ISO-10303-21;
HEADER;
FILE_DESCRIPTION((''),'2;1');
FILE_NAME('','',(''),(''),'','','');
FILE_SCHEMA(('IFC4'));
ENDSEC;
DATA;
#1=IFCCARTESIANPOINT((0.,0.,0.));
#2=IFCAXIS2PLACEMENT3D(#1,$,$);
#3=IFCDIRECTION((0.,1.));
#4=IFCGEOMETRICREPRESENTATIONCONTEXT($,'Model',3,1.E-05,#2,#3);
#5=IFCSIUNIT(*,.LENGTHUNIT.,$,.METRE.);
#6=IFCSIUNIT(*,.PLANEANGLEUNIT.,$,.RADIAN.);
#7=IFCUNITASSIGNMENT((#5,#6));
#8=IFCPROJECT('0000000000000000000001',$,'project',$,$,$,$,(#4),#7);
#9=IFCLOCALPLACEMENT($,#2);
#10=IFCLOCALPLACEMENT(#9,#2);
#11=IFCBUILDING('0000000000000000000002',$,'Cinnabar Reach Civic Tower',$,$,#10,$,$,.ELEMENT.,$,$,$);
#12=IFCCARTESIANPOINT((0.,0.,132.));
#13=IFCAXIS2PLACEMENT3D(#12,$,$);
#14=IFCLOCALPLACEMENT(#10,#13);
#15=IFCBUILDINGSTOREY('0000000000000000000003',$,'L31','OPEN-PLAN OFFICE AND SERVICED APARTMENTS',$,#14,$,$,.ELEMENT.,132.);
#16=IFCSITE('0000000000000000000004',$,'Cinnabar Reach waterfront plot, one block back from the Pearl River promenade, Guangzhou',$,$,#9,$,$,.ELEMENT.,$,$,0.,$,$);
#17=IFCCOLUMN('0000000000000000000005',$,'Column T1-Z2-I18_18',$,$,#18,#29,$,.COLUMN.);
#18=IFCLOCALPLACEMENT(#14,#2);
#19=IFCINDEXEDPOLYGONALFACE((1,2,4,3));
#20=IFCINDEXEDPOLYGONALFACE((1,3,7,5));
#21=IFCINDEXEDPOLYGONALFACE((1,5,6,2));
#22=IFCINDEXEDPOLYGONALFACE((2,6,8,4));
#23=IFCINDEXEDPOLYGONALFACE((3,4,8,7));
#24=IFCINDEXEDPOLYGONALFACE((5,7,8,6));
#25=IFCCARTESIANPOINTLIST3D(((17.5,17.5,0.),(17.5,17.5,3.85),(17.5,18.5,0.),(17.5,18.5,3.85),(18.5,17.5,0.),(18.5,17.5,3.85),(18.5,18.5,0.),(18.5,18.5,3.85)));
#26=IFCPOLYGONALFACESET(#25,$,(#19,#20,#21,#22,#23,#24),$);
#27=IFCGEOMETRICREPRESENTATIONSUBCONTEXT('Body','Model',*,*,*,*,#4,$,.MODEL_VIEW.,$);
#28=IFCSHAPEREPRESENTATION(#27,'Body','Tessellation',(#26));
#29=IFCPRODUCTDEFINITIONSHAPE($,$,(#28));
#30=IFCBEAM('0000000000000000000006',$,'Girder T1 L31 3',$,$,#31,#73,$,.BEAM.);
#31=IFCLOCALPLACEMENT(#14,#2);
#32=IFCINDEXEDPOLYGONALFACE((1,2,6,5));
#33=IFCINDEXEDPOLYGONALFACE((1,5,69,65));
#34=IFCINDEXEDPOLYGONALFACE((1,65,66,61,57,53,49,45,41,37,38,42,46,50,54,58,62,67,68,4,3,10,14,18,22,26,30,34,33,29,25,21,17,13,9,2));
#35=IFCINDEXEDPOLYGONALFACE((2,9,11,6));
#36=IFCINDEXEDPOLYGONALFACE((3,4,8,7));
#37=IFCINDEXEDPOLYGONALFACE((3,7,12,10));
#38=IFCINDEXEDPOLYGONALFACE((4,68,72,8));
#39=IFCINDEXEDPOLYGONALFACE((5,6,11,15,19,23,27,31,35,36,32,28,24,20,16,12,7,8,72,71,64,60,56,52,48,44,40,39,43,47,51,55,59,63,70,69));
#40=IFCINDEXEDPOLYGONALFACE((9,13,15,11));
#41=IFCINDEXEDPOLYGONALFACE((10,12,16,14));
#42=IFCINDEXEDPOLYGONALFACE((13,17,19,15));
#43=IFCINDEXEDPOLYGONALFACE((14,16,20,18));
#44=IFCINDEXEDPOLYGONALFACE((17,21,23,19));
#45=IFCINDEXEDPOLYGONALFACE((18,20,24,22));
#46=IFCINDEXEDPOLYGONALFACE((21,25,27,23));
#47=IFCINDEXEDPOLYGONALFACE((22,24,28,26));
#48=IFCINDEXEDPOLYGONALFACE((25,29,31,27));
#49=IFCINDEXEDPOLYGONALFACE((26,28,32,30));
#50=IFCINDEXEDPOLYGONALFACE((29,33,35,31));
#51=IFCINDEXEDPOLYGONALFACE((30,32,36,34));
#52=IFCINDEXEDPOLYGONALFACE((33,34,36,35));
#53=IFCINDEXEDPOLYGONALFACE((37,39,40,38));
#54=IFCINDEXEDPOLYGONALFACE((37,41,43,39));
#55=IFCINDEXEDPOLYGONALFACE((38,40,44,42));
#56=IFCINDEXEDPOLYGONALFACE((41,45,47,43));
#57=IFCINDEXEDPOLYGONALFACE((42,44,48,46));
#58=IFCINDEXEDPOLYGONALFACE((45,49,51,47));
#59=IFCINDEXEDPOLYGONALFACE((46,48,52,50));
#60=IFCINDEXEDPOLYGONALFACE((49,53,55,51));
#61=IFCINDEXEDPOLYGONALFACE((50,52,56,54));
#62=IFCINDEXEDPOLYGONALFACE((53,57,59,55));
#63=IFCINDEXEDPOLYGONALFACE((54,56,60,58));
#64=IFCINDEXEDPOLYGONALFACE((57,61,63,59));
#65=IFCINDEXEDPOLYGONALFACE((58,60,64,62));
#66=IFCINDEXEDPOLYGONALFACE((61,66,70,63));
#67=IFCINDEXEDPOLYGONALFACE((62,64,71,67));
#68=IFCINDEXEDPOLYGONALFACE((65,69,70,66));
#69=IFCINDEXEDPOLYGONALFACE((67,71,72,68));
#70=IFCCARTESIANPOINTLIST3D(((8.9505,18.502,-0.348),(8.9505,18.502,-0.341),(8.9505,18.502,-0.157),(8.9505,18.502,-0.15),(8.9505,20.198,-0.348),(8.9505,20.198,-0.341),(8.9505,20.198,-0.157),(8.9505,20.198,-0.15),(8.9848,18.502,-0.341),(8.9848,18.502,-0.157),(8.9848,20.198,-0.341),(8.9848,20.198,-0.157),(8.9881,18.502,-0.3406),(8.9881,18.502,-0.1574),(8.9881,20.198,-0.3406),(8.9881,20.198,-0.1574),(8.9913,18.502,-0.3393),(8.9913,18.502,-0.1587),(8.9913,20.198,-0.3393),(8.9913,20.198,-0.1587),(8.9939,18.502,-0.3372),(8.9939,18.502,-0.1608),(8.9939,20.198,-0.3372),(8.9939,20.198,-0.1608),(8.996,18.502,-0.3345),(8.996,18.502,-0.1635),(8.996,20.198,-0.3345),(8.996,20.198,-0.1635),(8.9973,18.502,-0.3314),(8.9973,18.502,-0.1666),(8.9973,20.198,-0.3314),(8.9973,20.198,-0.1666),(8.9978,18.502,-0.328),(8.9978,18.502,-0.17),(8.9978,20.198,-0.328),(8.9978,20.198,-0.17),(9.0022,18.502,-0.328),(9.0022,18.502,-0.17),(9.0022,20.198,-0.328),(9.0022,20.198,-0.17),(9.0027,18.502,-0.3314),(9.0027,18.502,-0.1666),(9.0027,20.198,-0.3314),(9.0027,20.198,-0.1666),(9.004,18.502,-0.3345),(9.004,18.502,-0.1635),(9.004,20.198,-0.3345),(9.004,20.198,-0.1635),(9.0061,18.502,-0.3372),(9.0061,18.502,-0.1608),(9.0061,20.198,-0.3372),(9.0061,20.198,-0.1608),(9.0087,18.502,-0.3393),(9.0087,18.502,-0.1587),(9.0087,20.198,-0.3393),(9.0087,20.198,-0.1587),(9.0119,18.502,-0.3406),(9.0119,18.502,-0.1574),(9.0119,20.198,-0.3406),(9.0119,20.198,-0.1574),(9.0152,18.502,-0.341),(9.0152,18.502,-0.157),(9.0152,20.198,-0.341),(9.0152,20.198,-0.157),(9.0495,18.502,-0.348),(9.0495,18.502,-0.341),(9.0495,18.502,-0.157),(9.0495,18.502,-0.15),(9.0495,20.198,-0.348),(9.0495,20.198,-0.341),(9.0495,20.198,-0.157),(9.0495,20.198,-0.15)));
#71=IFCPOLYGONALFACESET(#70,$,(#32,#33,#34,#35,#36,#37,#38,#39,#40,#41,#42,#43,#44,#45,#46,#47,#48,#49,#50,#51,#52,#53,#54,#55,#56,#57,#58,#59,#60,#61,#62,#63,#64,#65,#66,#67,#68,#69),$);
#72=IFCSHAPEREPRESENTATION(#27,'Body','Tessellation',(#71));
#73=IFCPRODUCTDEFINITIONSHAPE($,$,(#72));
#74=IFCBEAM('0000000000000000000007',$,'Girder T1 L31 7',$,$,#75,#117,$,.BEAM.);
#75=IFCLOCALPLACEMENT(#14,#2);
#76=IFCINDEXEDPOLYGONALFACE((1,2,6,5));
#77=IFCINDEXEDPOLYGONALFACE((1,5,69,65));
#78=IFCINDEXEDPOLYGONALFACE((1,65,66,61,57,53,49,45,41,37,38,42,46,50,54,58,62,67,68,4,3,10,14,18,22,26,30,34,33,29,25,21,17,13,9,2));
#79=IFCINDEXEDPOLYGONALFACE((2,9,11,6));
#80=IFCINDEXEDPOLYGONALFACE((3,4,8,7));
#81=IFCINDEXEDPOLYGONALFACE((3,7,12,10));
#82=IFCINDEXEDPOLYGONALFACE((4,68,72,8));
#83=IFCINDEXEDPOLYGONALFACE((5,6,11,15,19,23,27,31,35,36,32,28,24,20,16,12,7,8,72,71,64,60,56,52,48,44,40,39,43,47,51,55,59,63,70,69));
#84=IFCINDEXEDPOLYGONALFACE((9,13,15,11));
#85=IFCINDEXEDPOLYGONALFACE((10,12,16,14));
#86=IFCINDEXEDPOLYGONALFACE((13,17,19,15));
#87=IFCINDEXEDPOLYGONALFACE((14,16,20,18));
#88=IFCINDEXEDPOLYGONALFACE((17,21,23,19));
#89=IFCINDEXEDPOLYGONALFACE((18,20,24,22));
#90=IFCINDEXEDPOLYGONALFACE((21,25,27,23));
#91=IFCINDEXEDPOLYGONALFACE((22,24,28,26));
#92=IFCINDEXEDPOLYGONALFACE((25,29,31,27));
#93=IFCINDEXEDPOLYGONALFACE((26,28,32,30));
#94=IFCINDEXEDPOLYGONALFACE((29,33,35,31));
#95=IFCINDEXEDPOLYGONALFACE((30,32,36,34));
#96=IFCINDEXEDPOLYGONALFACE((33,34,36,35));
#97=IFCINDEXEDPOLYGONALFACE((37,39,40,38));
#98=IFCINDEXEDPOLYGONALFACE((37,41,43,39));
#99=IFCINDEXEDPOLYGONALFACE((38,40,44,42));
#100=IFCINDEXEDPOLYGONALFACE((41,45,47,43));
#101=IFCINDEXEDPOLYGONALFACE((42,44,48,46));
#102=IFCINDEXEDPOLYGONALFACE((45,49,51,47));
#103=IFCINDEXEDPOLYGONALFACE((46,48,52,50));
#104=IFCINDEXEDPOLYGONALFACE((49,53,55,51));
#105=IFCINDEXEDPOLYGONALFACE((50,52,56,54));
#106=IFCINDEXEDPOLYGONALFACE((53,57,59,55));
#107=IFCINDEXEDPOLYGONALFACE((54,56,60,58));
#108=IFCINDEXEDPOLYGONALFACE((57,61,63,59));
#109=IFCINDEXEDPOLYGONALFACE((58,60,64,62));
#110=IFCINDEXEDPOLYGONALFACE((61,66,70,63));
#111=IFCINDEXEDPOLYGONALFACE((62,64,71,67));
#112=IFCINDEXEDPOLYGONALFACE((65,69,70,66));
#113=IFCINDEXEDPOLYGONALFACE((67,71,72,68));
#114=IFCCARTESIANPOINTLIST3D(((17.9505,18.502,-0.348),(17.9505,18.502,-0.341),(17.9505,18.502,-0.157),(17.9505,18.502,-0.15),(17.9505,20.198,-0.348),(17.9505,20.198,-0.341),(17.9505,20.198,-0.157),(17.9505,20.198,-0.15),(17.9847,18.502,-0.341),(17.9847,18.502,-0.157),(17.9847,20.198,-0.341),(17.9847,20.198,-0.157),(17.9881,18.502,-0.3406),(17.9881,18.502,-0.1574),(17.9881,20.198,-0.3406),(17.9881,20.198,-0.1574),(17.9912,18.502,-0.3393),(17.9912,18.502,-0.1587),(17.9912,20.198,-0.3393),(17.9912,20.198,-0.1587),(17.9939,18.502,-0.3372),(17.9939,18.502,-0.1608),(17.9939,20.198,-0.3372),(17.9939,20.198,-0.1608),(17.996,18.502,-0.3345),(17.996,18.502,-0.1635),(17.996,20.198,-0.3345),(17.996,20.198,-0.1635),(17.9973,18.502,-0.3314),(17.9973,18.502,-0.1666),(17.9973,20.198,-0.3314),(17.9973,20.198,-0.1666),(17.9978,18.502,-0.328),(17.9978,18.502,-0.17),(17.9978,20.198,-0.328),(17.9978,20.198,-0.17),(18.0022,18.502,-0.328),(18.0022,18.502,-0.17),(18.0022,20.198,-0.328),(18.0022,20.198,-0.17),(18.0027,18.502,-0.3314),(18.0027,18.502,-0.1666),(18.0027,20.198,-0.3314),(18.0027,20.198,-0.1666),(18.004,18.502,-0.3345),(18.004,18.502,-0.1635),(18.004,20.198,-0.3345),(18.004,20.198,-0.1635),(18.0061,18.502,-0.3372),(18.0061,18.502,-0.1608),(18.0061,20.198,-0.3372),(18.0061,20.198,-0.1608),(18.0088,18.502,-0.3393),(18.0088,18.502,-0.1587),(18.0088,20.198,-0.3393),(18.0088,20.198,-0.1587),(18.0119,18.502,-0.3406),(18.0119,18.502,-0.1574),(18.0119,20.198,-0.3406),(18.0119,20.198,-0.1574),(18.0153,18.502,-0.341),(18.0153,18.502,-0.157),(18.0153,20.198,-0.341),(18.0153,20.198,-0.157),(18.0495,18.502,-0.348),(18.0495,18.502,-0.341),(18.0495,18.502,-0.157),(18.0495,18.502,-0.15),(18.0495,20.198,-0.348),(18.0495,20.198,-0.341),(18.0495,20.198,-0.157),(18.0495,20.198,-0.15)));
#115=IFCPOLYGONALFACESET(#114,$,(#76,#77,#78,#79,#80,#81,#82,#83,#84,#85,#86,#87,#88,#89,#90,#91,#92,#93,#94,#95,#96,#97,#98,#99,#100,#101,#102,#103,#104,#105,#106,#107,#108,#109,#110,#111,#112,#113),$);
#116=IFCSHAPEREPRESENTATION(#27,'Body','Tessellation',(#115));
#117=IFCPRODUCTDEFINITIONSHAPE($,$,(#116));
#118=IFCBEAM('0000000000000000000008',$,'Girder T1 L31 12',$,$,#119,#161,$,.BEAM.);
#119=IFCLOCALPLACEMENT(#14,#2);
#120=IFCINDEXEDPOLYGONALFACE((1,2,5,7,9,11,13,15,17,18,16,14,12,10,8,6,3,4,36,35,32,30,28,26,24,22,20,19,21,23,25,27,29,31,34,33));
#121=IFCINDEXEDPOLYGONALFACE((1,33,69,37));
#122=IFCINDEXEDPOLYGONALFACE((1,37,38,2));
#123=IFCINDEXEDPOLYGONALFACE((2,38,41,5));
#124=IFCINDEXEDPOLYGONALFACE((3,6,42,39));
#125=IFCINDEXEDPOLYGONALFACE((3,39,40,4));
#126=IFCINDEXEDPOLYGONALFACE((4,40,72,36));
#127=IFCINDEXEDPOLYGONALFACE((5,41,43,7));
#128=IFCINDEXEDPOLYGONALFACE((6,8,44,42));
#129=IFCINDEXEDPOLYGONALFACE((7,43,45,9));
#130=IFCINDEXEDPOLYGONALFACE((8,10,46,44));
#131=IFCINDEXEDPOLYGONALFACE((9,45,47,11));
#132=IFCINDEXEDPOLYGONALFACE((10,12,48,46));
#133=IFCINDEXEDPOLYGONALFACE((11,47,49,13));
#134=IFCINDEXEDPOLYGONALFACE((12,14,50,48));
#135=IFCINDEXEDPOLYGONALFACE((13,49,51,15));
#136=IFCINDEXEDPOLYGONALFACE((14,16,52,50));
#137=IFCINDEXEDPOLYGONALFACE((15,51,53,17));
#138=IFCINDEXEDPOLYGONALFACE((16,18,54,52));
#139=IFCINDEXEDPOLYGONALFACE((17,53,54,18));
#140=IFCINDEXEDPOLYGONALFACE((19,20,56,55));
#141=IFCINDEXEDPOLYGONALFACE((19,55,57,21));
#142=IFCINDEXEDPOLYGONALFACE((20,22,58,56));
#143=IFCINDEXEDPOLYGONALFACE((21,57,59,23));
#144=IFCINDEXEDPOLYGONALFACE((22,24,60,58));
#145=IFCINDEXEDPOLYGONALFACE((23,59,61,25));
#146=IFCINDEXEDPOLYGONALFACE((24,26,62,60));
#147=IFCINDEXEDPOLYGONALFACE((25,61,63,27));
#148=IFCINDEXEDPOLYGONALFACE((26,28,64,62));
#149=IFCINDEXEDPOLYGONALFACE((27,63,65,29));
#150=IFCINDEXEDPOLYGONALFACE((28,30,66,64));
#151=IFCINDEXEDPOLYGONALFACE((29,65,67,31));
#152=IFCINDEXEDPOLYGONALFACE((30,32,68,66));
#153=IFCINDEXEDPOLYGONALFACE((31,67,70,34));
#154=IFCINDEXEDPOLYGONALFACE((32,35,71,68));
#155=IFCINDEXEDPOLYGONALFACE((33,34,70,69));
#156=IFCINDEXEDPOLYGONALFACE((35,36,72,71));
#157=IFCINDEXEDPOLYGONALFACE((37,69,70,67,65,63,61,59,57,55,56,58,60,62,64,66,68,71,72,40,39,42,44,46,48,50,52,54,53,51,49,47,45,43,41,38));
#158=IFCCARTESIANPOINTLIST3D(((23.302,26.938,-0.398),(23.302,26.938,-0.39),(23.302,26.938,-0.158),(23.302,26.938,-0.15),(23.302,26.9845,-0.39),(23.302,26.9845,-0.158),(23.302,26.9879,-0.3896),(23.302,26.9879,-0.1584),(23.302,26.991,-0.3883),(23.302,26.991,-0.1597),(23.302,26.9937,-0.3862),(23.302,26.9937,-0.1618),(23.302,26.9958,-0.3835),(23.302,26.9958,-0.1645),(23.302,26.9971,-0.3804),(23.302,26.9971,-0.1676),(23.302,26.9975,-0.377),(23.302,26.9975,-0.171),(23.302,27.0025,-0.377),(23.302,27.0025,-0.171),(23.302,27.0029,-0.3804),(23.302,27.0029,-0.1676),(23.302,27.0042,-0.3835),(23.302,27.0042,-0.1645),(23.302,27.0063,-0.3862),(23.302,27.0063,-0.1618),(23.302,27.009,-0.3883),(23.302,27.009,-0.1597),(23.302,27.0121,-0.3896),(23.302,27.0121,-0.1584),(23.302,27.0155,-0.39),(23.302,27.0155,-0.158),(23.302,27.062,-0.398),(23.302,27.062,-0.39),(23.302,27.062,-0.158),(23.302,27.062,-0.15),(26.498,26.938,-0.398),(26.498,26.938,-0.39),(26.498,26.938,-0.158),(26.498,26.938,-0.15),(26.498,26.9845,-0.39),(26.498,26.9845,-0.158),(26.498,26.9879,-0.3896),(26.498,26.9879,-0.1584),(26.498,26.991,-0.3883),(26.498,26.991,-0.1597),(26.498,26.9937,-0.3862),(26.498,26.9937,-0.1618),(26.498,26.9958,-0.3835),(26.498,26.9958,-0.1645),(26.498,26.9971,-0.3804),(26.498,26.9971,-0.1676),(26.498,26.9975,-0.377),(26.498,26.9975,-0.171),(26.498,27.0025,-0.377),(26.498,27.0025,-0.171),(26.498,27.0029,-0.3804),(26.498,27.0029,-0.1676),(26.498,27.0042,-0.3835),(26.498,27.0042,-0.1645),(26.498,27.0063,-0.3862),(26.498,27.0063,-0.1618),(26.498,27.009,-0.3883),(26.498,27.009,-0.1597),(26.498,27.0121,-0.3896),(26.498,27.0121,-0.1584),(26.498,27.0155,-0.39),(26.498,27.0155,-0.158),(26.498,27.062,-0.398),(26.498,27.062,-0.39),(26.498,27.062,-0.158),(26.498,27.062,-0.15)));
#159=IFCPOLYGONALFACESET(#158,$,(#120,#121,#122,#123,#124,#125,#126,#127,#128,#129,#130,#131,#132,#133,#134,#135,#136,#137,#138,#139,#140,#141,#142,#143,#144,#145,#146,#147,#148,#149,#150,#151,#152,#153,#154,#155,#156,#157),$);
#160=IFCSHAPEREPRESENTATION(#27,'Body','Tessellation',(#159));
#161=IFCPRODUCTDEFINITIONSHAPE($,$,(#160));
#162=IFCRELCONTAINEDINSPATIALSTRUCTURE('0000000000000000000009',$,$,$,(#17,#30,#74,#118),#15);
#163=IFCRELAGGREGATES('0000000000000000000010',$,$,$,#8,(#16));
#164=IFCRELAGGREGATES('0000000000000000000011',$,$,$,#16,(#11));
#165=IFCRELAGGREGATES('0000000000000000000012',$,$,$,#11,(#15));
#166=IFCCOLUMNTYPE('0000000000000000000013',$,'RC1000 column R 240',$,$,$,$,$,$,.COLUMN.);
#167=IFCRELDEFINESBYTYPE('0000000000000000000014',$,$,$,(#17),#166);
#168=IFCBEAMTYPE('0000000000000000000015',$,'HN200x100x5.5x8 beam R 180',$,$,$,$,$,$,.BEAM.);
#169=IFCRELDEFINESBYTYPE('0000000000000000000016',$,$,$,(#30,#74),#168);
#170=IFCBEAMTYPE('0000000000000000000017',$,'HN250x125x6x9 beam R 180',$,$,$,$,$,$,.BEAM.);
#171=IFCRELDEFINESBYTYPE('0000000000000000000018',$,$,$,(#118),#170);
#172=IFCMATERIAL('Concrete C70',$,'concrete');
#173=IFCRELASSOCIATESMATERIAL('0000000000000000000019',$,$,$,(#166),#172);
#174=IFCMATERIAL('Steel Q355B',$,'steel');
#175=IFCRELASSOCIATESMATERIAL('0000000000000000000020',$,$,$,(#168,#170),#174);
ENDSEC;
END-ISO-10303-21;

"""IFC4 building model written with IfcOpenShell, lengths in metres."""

from ifc_helpers import new_model, si_unit, direction, frame, origin, origin_2d, place, context, subcontext, project, spatial, rectangle, i_section, extrude, material, material_profile, profile_set, type_object, element, save


model = new_model("IFC4")

# Units and contexts
model_context = context("Model", 3, precision=1e-05, world=origin(), true_north=direction((0.0, 1.0)))
body_context = subcontext(model_context, "Body", "Model", "MODEL_VIEW")
ifc_project = project(units=[si_unit("LENGTHUNIT", "METRE"), si_unit("PLANEANGLEUNIT", "RADIAN")], contexts=[model_context])

# Site, building, storey
site_placement = place(None, origin())
site = spatial("IfcSite", under=ifc_project, at=site_placement, Name="Cinnabar Reach waterfront plot, one block back from the Pearl River promenade, Guangzhou", CompositionType="ELEMENT", RefElevation=0.0)
building_placement = place(site_placement, origin())
building = spatial("IfcBuilding", under=site, at=building_placement, Name="Cinnabar Reach Civic Tower", CompositionType="ELEMENT")
storey_placement = place(building_placement, frame((0.0, 0.0, 132.0)))
storey = spatial("IfcBuildingStorey", under=building, at=storey_placement, Name="L31", Description="OPEN-PLAN OFFICE AND SERVICED APARTMENTS", CompositionType="ELEMENT", Elevation=132.0)

# Column
ifc_material_1 = material(Name="Concrete C70", Category="concrete")
ifc_material_profile_1 = material_profile(ifc_material_1, rectangle(XDim=1.0, YDim=1.0, at=origin_2d()), Name="RC1000")
ifc_profile_set_1 = profile_set([ifc_material_profile_1], Name="Concrete C70")
column_type = type_object("IfcColumnType", Name="RC1000 column R 240", PredefinedType="COLUMN", material=ifc_profile_set_1)
column_placement = place(storey_placement, frame((18.0, 18.0, 0.0), z_axis=(0.0, 0.0, 1.0), x_axis=(1.0, 0.0, 0.0)))
element("IfcColumn", 1, at=column_placement, inside=storey, type_object=column_type, Name="Column T1-Z2-I18_18", PredefinedType="COLUMN", context=body_context, shape_type="SweptSolid", body=[
    extrude(rectangle(XDim=1.0, YDim=1.0, at=origin_2d()), origin(), (0.0, 0.0, 1.0), 3.85),
])

# Beams
ifc_material_2 = material(Name="Steel Q355B", Category="steel")
ifc_material_profile_2 = material_profile(ifc_material_2, i_section(OverallWidth=0.099, OverallDepth=0.198, WebThickness=0.0045, FlangeThickness=0.007, FilletRadius=0.013, at=origin_2d()), Name="HN200x100x5.5x8")
ifc_profile_set_2 = profile_set([ifc_material_profile_2], Name="Steel Q355B")
beam_type_1 = type_object("IfcBeamType", Name="HN200x100x5.5x8 beam R 180", PredefinedType="BEAM", material=ifc_profile_set_2)
for number, where, z_axis, x_axis, name in (
    (2, (9.0, 18.502, -0.249), (0.0, 1.0, 0.0), (-1.0, 0.0, 0.0), "Girder T1 L31 3"),
    (3, (18.0, 18.502, -0.249), (0.0, 1.0, 0.0), (-1.0, 0.0, 0.0), "Girder T1 L31 7"),
):
    element("IfcBeam", number, at=place(storey_placement, frame(where, z_axis=z_axis, x_axis=x_axis)), inside=storey, type_object=beam_type_1, Name=name, PredefinedType="BEAM", context=body_context, shape_type="SweptSolid", body=[
        extrude(i_section(OverallWidth=0.099, OverallDepth=0.198, WebThickness=0.0045, FlangeThickness=0.007, FilletRadius=0.013, at=origin_2d()), origin(), (0.0, 0.0, 1.0), 1.696),
    ])
ifc_material_profile_3 = material_profile(ifc_material_2, i_section(OverallWidth=0.124, OverallDepth=0.248, WebThickness=0.005, FlangeThickness=0.008, FilletRadius=0.013, at=origin_2d()), Name="HN250x125x6x9")
ifc_profile_set_3 = profile_set([ifc_material_profile_3], Name="Steel Q355B")
beam_type_2 = type_object("IfcBeamType", Name="HN250x125x6x9 beam R 180", PredefinedType="BEAM", material=ifc_profile_set_3)
beam_1_placement = place(storey_placement, frame((23.302, 27.0, -0.274), z_axis=(1.0, 0.0, 0.0), x_axis=(0.0, 1.0, 0.0)))
element("IfcBeam", 4, at=beam_1_placement, inside=storey, type_object=beam_type_2, Name="Girder T1 L31 12", PredefinedType="BEAM", context=body_context, shape_type="SweptSolid", body=[
    extrude(i_section(OverallWidth=0.124, OverallDepth=0.248, WebThickness=0.005, FlangeThickness=0.008, FilletRadius=0.013, at=origin_2d()), origin(), (0.0, 0.0, 1.0), 3.196),
])

save(model, "model.ifc")
